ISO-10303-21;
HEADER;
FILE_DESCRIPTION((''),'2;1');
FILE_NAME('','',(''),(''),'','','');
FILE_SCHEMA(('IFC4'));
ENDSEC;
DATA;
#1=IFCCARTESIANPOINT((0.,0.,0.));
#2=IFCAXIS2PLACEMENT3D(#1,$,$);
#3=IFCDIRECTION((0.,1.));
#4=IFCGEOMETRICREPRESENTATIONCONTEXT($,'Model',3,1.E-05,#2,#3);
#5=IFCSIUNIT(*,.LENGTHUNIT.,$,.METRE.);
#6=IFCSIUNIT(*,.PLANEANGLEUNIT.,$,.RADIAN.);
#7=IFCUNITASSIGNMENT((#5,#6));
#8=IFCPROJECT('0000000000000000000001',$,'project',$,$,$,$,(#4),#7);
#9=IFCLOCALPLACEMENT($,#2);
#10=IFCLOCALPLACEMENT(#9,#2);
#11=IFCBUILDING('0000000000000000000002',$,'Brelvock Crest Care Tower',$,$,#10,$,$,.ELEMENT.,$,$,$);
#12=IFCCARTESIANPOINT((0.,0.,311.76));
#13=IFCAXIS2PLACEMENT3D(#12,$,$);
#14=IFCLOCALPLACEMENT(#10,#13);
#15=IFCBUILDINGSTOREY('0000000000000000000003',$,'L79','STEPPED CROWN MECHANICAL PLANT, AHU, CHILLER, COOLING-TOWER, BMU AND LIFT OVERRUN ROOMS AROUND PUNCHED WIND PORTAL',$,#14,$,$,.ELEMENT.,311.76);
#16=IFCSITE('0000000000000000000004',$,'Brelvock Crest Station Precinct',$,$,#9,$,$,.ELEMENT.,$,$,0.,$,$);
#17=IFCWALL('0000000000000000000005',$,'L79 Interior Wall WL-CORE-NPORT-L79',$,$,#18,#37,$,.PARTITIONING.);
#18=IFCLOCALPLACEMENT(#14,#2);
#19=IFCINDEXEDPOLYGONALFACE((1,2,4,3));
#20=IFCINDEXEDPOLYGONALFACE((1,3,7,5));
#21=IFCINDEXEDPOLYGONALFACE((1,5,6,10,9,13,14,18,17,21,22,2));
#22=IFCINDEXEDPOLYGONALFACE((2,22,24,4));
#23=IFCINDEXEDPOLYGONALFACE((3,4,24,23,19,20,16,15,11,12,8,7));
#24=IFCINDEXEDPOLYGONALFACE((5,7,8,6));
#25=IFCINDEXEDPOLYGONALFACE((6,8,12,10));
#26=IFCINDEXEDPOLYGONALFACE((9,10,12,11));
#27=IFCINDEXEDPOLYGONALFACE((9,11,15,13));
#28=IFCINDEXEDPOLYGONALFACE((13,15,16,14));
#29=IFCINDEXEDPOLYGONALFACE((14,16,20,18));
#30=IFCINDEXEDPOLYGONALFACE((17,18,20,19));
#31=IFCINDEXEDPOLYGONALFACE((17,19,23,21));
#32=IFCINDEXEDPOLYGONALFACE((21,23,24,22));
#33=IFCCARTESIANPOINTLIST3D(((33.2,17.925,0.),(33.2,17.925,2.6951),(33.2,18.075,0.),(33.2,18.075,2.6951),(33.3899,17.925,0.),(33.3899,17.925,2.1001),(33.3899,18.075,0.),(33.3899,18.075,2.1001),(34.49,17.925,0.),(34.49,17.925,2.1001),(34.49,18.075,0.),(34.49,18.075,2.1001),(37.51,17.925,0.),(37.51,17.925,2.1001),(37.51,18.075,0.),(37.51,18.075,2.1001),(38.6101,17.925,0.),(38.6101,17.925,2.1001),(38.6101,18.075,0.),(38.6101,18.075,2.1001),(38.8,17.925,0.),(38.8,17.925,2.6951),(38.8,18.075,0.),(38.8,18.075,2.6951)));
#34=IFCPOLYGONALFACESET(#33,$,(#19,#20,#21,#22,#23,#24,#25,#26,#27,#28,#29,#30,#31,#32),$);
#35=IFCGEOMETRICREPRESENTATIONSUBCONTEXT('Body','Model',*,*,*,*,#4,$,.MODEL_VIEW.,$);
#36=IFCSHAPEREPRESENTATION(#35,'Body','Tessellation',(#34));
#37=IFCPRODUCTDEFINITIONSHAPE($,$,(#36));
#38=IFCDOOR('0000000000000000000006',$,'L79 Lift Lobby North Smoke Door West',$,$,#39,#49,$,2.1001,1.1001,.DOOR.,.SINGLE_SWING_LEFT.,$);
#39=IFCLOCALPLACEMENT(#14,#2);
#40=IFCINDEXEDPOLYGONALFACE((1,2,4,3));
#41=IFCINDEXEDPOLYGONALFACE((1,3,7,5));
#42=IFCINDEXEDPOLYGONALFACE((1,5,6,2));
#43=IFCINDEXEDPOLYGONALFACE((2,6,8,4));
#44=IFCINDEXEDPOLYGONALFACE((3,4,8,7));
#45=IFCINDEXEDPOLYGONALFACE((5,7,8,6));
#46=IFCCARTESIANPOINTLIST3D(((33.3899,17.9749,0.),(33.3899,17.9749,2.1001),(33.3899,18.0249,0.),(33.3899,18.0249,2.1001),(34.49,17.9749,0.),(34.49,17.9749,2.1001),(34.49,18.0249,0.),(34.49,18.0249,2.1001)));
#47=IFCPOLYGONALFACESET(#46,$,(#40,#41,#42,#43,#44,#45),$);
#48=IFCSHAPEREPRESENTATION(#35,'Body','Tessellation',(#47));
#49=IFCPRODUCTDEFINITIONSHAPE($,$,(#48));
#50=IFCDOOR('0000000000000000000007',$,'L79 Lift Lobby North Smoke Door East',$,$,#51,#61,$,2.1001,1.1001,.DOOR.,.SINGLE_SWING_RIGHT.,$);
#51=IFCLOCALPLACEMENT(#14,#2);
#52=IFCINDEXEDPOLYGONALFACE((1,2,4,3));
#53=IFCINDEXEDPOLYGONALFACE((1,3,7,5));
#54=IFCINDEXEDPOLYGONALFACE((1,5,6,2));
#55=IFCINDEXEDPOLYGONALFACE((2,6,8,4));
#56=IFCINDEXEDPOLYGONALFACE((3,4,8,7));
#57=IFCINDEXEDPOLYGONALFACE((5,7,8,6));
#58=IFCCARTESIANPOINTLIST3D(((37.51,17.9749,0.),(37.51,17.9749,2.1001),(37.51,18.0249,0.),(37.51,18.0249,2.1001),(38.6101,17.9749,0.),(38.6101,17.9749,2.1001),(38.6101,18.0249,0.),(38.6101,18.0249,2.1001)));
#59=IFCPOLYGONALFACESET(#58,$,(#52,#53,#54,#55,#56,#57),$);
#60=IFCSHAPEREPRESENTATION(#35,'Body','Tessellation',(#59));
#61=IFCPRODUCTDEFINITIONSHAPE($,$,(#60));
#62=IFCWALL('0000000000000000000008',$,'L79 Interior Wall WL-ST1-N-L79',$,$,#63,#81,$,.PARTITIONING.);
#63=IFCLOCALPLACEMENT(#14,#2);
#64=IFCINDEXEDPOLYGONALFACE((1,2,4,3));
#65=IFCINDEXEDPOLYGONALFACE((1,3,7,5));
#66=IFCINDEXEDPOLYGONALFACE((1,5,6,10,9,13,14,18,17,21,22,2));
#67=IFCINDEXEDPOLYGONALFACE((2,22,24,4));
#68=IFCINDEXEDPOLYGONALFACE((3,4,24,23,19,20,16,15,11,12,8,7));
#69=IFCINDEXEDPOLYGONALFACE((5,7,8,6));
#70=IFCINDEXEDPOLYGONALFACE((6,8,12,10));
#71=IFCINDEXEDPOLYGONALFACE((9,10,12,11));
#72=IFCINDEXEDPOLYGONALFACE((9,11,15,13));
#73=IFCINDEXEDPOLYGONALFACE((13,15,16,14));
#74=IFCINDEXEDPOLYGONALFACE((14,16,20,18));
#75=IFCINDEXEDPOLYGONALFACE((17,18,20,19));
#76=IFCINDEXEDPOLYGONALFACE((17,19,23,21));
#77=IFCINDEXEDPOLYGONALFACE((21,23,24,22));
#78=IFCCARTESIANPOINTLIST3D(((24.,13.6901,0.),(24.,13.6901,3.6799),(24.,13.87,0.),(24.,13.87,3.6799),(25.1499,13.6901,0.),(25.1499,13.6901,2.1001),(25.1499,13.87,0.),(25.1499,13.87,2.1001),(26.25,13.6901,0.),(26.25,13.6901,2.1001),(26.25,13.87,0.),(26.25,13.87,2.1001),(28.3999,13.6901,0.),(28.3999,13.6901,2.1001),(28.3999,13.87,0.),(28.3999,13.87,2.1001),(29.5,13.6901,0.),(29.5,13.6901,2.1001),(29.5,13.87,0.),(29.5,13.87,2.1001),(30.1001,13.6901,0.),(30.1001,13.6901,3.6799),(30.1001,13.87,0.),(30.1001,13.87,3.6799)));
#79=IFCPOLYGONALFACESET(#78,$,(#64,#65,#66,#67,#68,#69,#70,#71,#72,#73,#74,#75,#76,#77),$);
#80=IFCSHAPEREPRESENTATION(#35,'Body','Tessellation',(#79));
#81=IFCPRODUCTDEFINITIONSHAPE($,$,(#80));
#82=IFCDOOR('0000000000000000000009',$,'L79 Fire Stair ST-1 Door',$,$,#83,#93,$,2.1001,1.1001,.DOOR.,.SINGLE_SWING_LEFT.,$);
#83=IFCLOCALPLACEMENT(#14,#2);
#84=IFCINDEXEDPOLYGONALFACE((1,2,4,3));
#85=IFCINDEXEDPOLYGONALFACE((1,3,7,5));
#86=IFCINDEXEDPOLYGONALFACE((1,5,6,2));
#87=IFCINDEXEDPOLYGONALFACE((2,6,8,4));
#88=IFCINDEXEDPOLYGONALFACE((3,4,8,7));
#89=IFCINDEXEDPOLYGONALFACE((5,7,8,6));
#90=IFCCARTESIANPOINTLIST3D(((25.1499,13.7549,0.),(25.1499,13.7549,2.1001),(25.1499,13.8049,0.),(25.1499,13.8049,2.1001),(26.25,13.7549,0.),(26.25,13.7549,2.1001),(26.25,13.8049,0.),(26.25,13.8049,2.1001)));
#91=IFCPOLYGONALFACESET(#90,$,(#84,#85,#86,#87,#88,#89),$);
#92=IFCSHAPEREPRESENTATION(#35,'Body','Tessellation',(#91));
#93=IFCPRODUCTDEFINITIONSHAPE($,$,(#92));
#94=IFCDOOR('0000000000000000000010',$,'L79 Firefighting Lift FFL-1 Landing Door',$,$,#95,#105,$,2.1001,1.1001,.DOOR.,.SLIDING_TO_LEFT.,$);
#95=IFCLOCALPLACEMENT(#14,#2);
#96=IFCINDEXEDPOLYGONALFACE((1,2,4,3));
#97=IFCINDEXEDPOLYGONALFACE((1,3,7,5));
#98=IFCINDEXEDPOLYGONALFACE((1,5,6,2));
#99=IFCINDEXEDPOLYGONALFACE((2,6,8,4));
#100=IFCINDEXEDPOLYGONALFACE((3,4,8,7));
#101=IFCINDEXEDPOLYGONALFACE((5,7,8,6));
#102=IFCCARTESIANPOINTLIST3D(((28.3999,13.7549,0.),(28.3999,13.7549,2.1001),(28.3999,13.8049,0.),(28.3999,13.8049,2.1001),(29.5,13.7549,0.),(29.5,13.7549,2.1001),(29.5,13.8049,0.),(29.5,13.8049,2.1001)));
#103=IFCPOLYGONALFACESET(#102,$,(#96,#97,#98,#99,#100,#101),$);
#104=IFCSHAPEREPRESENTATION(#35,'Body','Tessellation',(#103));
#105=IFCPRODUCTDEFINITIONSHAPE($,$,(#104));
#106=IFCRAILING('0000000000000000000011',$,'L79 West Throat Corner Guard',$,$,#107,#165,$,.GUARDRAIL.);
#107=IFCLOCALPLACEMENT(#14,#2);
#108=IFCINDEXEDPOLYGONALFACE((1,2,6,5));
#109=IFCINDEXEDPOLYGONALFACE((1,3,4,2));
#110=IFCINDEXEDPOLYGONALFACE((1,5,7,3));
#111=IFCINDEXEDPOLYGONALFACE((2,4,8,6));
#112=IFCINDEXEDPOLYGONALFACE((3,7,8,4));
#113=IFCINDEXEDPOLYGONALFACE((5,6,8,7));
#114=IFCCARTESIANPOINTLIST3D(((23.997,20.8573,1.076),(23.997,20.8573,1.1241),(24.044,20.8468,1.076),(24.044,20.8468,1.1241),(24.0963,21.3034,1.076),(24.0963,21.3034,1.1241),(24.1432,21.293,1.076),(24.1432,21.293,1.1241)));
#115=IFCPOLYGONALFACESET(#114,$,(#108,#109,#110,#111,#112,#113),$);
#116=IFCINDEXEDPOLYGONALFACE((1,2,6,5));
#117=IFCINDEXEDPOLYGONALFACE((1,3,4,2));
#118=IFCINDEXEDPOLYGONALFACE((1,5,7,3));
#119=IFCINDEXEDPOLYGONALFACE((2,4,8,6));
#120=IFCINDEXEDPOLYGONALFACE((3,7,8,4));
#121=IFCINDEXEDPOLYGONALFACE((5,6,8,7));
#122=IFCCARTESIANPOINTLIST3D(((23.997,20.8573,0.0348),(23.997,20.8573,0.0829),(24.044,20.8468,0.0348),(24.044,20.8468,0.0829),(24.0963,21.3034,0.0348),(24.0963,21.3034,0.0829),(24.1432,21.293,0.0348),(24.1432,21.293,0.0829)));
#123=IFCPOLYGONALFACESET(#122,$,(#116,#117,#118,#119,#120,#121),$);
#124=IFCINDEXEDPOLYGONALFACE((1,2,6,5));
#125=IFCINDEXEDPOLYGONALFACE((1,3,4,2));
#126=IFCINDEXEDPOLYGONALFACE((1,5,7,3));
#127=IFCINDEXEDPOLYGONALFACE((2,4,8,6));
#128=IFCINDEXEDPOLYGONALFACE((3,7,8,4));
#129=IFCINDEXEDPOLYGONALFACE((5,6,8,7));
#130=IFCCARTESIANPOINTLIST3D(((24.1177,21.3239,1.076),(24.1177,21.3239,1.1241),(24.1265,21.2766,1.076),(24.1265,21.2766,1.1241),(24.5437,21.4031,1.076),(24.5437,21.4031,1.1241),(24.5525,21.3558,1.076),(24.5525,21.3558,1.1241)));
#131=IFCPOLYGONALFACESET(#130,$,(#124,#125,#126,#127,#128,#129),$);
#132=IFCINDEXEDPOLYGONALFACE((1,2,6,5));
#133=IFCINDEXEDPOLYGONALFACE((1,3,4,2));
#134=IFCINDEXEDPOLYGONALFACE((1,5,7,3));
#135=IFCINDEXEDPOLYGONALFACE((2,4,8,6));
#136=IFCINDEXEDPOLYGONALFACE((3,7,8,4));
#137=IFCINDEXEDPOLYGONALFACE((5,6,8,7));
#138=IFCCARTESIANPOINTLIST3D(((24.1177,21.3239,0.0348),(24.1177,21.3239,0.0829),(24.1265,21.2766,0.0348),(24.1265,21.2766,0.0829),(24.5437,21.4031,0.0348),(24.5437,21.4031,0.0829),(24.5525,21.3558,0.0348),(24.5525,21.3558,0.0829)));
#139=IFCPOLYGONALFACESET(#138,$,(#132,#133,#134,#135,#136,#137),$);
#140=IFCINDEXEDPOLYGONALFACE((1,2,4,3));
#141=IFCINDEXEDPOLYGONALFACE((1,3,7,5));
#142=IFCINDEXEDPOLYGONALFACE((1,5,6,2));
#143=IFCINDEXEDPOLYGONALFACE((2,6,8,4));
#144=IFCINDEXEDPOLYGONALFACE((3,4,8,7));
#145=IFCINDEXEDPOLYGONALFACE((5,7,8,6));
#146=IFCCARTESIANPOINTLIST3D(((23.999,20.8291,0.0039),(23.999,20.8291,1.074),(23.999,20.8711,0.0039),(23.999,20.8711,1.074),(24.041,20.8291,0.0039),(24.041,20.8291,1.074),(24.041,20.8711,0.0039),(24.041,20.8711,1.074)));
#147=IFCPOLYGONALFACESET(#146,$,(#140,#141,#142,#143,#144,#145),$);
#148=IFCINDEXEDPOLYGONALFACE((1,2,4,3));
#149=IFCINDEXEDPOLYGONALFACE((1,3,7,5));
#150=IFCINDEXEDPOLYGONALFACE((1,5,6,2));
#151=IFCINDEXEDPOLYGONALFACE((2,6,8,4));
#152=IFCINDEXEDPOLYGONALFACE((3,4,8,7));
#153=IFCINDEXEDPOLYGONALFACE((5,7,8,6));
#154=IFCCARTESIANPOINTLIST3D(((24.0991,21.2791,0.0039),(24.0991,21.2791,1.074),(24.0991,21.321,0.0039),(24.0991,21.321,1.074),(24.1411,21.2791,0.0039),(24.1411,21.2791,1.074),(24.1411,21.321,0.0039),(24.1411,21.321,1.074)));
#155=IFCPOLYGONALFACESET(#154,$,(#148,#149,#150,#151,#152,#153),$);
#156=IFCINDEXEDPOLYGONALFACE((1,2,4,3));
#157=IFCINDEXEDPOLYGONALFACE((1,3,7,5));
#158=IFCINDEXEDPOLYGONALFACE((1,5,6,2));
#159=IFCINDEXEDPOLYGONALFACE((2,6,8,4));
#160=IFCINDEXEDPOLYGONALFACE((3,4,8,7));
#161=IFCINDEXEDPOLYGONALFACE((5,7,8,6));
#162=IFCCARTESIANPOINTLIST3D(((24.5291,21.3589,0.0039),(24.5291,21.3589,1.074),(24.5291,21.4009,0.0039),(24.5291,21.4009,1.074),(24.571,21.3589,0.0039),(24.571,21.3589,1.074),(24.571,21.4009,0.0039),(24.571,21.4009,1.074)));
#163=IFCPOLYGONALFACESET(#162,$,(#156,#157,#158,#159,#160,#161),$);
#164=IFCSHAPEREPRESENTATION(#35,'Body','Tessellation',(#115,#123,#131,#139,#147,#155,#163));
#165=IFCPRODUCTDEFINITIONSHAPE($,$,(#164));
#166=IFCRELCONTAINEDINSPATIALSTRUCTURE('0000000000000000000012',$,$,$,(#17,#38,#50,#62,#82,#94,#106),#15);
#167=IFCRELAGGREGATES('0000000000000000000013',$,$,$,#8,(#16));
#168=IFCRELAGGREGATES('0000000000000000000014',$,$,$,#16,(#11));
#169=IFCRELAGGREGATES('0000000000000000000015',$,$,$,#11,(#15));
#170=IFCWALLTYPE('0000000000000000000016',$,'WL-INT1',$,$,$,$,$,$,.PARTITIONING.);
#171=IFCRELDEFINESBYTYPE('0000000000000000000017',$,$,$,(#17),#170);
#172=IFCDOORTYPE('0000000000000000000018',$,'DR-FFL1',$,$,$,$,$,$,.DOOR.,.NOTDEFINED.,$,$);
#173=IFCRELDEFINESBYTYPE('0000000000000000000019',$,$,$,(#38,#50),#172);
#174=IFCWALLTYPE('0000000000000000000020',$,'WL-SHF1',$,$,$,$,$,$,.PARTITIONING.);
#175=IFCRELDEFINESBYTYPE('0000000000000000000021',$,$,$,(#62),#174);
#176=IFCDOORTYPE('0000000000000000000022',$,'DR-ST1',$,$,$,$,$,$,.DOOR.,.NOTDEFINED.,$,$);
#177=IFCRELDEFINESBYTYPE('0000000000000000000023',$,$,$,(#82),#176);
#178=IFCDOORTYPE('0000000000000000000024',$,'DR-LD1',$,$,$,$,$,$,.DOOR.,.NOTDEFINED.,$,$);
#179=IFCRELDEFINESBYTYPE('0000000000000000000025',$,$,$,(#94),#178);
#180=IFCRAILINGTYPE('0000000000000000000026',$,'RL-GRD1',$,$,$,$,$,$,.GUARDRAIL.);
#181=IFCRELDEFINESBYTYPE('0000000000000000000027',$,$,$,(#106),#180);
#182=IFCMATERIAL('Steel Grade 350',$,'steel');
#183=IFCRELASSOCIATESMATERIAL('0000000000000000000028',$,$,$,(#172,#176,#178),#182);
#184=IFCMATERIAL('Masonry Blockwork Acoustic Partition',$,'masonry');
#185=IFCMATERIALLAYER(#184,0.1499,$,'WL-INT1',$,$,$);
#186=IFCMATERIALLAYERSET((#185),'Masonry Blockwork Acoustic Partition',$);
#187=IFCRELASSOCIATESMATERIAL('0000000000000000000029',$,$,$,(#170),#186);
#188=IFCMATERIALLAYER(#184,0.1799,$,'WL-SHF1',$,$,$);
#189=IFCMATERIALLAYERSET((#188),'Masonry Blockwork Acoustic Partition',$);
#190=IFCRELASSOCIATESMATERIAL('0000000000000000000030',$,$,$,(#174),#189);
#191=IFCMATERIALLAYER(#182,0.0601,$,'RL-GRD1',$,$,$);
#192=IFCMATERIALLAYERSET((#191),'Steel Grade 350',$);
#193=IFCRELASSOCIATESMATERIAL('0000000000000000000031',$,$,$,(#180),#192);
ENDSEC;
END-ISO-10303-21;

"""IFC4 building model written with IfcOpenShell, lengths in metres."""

from ifc_helpers import new_model, si_unit, direction, frame, frame_2d, origin, origin_2d, place, context, subcontext, project, spatial, rectangle, extrude, source, transform, mapped, material, layer, layer_set, type_object, element, fill, save


model = new_model("IFC4")

# Units and contexts
model_context = context("Model", 3, precision=1e-05, world=origin(), true_north=direction((0.0, 1.0)))
body_context = subcontext(model_context, "Body", "Model", "MODEL_VIEW")
ifc_project = project(units=[si_unit("LENGTHUNIT", "METRE"), si_unit("PLANEANGLEUNIT", "RADIAN")], contexts=[model_context])

# Site, building, storey
site_placement = place(None, origin())
site = spatial("IfcSite", under=ifc_project, at=site_placement, Name="Brelvock Crest Station Precinct", CompositionType="ELEMENT", RefElevation=0.0)
building_placement = place(site_placement, origin())
building = spatial("IfcBuilding", under=site, at=building_placement, Name="Brelvock Crest Care Tower", CompositionType="ELEMENT")
storey_placement = place(building_placement, frame((0.0, 0.0, 311.76)))
storey = spatial("IfcBuildingStorey", under=building, at=storey_placement, Name="L79", Description="STEPPED CROWN MECHANICAL PLANT, AHU, CHILLER, COOLING-TOWER, BMU AND LIFT OVERRUN ROOMS AROUND PUNCHED WIND PORTAL", CompositionType="ELEMENT", Elevation=311.76)

# Shared definitions
ifc_material_1 = material(Name="Steel Grade 350", Category="steel")

# Shared definitions
door_type_1 = type_object("IfcDoorType", Name="DR-FFL1", OperationType="NOTDEFINED", PredefinedType="DOOR", material=ifc_material_1)
shared_shape_1 = source(origin(), body_context, "Body", "SweptSolid", [
    extrude(rectangle(XDim=1.1001, YDim=2.1001, at=origin_2d()), frame((0.55, 0.0249, 1.05), z_axis=(0.0, -1.0, 0.0), x_axis=(1.0, 0.0, 0.0)), (0.0, 0.0, 1.0), 0.05),
])

# Shared definitions
ifc_material_2 = material(Name="Masonry Blockwork Acoustic Partition", Category="masonry")
ifc_layer_1 = layer(ifc_material_2, 0.1499, Name="WL-INT1")
ifc_layer_set_1 = layer_set([ifc_layer_1], Name="Masonry Blockwork Acoustic Partition")
wall_type_1 = type_object("IfcWallType", Name="WL-INT1", PredefinedType="PARTITIONING", material=ifc_layer_set_1)

# Walls, openings, doors
wall_1_placement = place(storey_placement, frame((33.2, 18.0, 0.0), z_axis=(0.0, 0.0, 1.0), x_axis=(1.0, 0.0, 0.0)))
wall_1 = element("IfcWall", 1, at=wall_1_placement, inside=storey, type_object=wall_type_1, Name="L79 Interior Wall WL-CORE-NPORT-L79", PredefinedType="PARTITIONING", context=body_context, shape_type="SweptSolid", body=[
    extrude(rectangle(XDim=5.6001, YDim=0.1499, at=frame_2d((2.8, 0.0))), origin(), (0.0, 0.0, 1.0), 2.6951),
])
opening_1_placement = place(wall_1_placement, frame((0.1899, 0.0, 0.0)))
opening_1 = element("IfcOpeningElement", 2, at=opening_1_placement, cuts=wall_1, PredefinedType="OPENING", context=body_context, shape_type="SweptSolid", body=[
    extrude(rectangle(XDim=1.1001, YDim=2.1001, at=origin_2d()), frame((0.55, 0.085, 1.05), z_axis=(0.0, -1.0, 0.0), x_axis=(1.0, 0.0, 0.0)), (0.0, 0.0, 1.0), 0.1699),
])
opening_2_placement = place(wall_1_placement, frame((4.3101, 0.0, 0.0)))
opening_2 = element("IfcOpeningElement", 3, at=opening_2_placement, cuts=wall_1, PredefinedType="OPENING", context=body_context, shape_type="SweptSolid", body=[
    extrude(rectangle(XDim=1.1001, YDim=2.1001, at=origin_2d()), frame((0.55, 0.085, 1.05), z_axis=(0.0, -1.0, 0.0), x_axis=(1.0, 0.0, 0.0)), (0.0, 0.0, 1.0), 0.1699),
])
door_1_placement = place(opening_1_placement, origin())
door_1 = element("IfcDoor", 4, at=door_1_placement, inside=storey, type_object=door_type_1, Name="L79 Lift Lobby North Smoke Door West", OperationType="SINGLE_SWING_LEFT", OverallHeight=2.1001, OverallWidth=1.1001, PredefinedType="DOOR", context=body_context, shape_type="MappedRepresentation", body=[
    mapped(shared_shape_1, transform((0.0, 0.0, 0.0), x_axis=(1.0, 0.0, 0.0), y_axis=(0.0, 1.0, 0.0), z_axis=(0.0, 0.0, 1.0), scale=1.0)),
])
fill(opening_1, door_1)
door_2_placement = place(opening_2_placement, origin())
door_2 = element("IfcDoor", 5, at=door_2_placement, inside=storey, type_object=door_type_1, Name="L79 Lift Lobby North Smoke Door East", OperationType="SINGLE_SWING_RIGHT", OverallHeight=2.1001, OverallWidth=1.1001, PredefinedType="DOOR", context=body_context, shape_type="MappedRepresentation", body=[
    mapped(shared_shape_1, transform((0.0, 0.0, 0.0), x_axis=(1.0, 0.0, 0.0), y_axis=(0.0, 1.0, 0.0), z_axis=(0.0, 0.0, 1.0), scale=1.0)),
])
fill(opening_2, door_2)
ifc_layer_2 = layer(ifc_material_2, 0.1799, Name="WL-SHF1")
ifc_layer_set_2 = layer_set([ifc_layer_2], Name="Masonry Blockwork Acoustic Partition")
wall_type_2 = type_object("IfcWallType", Name="WL-SHF1", PredefinedType="PARTITIONING", material=ifc_layer_set_2)
wall_2_placement = place(storey_placement, frame((24.0, 13.78, 0.0), z_axis=(0.0, 0.0, 1.0), x_axis=(1.0, 0.0, 0.0)))
wall_2 = element("IfcWall", 6, at=wall_2_placement, inside=storey, type_object=wall_type_2, Name="L79 Interior Wall WL-ST1-N-L79", PredefinedType="PARTITIONING", context=body_context, shape_type="SweptSolid", body=[
    extrude(rectangle(XDim=6.1001, YDim=0.1799, at=frame_2d((3.05, 0.0))), origin(), (0.0, 0.0, 1.0), 3.6799),
])
opening_3_placement = place(wall_2_placement, frame((1.1499, 0.0, 0.0)))
opening_3 = element("IfcOpeningElement", 7, at=opening_3_placement, cuts=wall_2, PredefinedType="OPENING", context=body_context, shape_type="SweptSolid", body=[
    extrude(rectangle(XDim=1.1001, YDim=2.1001, at=origin_2d()), frame((0.55, 0.1001, 1.05), z_axis=(0.0, -1.0, 0.0), x_axis=(1.0, 0.0, 0.0)), (0.0, 0.0, 1.0), 0.2),
])
opening_4_placement = place(wall_2_placement, frame((4.3999, 0.0, 0.0)))
opening_4 = element("IfcOpeningElement", 8, at=opening_4_placement, cuts=wall_2, PredefinedType="OPENING", context=body_context, shape_type="SweptSolid", body=[
    extrude(rectangle(XDim=1.1001, YDim=2.1001, at=origin_2d()), frame((0.55, 0.1001, 1.05), z_axis=(0.0, -1.0, 0.0), x_axis=(1.0, 0.0, 0.0)), (0.0, 0.0, 1.0), 0.2),
])
door_type_2 = type_object("IfcDoorType", Name="DR-ST1", OperationType="NOTDEFINED", PredefinedType="DOOR", material=ifc_material_1)
shared_shape_2 = source(origin(), body_context, "Body", "SweptSolid", [
    extrude(rectangle(XDim=1.1001, YDim=2.1001, at=origin_2d()), frame((0.55, 0.0249, 1.05), z_axis=(0.0, -1.0, 0.0), x_axis=(1.0, 0.0, 0.0)), (0.0, 0.0, 1.0), 0.05),
])
door_3_placement = place(opening_3_placement, origin())
door_3 = element("IfcDoor", 9, at=door_3_placement, inside=storey, type_object=door_type_2, Name="L79 Fire Stair ST-1 Door", OperationType="SINGLE_SWING_LEFT", OverallHeight=2.1001, OverallWidth=1.1001, PredefinedType="DOOR", context=body_context, shape_type="MappedRepresentation", body=[
    mapped(shared_shape_2, transform((0.0, 0.0, 0.0), x_axis=(1.0, 0.0, 0.0), y_axis=(0.0, 1.0, 0.0), z_axis=(0.0, 0.0, 1.0), scale=1.0)),
])
fill(opening_3, door_3)
door_type_3 = type_object("IfcDoorType", Name="DR-LD1", OperationType="NOTDEFINED", PredefinedType="DOOR", material=ifc_material_1)
shared_shape_3 = source(origin(), body_context, "Body", "SweptSolid", [
    extrude(rectangle(XDim=1.1001, YDim=2.1001, at=origin_2d()), frame((0.55, 0.0249, 1.05), z_axis=(0.0, -1.0, 0.0), x_axis=(1.0, 0.0, 0.0)), (0.0, 0.0, 1.0), 0.05),
])
door_4_placement = place(opening_4_placement, origin())
door_4 = element("IfcDoor", 10, at=door_4_placement, inside=storey, type_object=door_type_3, Name="L79 Firefighting Lift FFL-1 Landing Door", OperationType="SLIDING_TO_LEFT", OverallHeight=2.1001, OverallWidth=1.1001, PredefinedType="DOOR", context=body_context, shape_type="MappedRepresentation", body=[
    mapped(shared_shape_3, transform((0.0, 0.0, 0.0), x_axis=(1.0, 0.0, 0.0), y_axis=(0.0, 1.0, 0.0), z_axis=(0.0, 0.0, 1.0), scale=1.0)),
])
fill(opening_4, door_4)

# Railing
ifc_layer_3 = layer(ifc_material_1, 0.0601, Name="RL-GRD1")
ifc_layer_set_3 = layer_set([ifc_layer_3], Name="Steel Grade 350")
railing_type_1 = type_object("IfcRailingType", Name="RL-GRD1", PredefinedType="GUARDRAIL", material=ifc_layer_set_3)
railing_1_placement = place(storey_placement, frame((24.02, 20.8501, 0.0039)))
element("IfcRailing", 11, at=railing_1_placement, inside=storey, type_object=railing_type_1, Name="L79 West Throat Corner Guard", PredefinedType="GUARDRAIL", context=body_context, shape_type="SweptSolid", body=[
    extrude(rectangle(XDim=0.0481, YDim=0.0481, at=origin_2d()), frame((0.0005, 0.002, 1.0962), z_axis=(0.217155, 0.976137, 0.0), x_axis=(-0.976137, 0.217155, 0.0)), (0.0, 0.0, 1.0), 0.457),
    extrude(rectangle(XDim=0.0481, YDim=0.0481, at=origin_2d()), frame((0.0005, 0.002, 0.0549), z_axis=(0.217155, 0.976137, 0.0), x_axis=(-0.976137, 0.217155, 0.0)), (0.0, 0.0, 1.0), 0.457),
    extrude(rectangle(XDim=0.0481, YDim=0.0481, at=origin_2d()), frame((0.1021, 0.4502, 1.0962), z_axis=(0.983193, 0.182569, 0.0), x_axis=(-0.182569, 0.983193, 0.0)), (0.0, 0.0, 1.0), 0.4333),
    extrude(rectangle(XDim=0.0481, YDim=0.0481, at=origin_2d()), frame((0.1021, 0.4502, 0.0549), z_axis=(0.983193, 0.182569, 0.0), x_axis=(-0.182569, 0.983193, 0.0)), (0.0, 0.0, 1.0), 0.4333),
    extrude(rectangle(XDim=0.042, YDim=0.042, at=origin_2d()), origin(), (0.0, 0.0, 1.0), 1.0701),
    extrude(rectangle(XDim=0.042, YDim=0.042, at=origin_2d()), frame((0.1001, 0.45, 0.0)), (0.0, 0.0, 1.0), 1.0701),
    extrude(rectangle(XDim=0.042, YDim=0.042, at=origin_2d()), frame((0.53, 0.5298, 0.0)), (0.0, 0.0, 1.0), 1.0701),
])

save(model, "model.ifc")
